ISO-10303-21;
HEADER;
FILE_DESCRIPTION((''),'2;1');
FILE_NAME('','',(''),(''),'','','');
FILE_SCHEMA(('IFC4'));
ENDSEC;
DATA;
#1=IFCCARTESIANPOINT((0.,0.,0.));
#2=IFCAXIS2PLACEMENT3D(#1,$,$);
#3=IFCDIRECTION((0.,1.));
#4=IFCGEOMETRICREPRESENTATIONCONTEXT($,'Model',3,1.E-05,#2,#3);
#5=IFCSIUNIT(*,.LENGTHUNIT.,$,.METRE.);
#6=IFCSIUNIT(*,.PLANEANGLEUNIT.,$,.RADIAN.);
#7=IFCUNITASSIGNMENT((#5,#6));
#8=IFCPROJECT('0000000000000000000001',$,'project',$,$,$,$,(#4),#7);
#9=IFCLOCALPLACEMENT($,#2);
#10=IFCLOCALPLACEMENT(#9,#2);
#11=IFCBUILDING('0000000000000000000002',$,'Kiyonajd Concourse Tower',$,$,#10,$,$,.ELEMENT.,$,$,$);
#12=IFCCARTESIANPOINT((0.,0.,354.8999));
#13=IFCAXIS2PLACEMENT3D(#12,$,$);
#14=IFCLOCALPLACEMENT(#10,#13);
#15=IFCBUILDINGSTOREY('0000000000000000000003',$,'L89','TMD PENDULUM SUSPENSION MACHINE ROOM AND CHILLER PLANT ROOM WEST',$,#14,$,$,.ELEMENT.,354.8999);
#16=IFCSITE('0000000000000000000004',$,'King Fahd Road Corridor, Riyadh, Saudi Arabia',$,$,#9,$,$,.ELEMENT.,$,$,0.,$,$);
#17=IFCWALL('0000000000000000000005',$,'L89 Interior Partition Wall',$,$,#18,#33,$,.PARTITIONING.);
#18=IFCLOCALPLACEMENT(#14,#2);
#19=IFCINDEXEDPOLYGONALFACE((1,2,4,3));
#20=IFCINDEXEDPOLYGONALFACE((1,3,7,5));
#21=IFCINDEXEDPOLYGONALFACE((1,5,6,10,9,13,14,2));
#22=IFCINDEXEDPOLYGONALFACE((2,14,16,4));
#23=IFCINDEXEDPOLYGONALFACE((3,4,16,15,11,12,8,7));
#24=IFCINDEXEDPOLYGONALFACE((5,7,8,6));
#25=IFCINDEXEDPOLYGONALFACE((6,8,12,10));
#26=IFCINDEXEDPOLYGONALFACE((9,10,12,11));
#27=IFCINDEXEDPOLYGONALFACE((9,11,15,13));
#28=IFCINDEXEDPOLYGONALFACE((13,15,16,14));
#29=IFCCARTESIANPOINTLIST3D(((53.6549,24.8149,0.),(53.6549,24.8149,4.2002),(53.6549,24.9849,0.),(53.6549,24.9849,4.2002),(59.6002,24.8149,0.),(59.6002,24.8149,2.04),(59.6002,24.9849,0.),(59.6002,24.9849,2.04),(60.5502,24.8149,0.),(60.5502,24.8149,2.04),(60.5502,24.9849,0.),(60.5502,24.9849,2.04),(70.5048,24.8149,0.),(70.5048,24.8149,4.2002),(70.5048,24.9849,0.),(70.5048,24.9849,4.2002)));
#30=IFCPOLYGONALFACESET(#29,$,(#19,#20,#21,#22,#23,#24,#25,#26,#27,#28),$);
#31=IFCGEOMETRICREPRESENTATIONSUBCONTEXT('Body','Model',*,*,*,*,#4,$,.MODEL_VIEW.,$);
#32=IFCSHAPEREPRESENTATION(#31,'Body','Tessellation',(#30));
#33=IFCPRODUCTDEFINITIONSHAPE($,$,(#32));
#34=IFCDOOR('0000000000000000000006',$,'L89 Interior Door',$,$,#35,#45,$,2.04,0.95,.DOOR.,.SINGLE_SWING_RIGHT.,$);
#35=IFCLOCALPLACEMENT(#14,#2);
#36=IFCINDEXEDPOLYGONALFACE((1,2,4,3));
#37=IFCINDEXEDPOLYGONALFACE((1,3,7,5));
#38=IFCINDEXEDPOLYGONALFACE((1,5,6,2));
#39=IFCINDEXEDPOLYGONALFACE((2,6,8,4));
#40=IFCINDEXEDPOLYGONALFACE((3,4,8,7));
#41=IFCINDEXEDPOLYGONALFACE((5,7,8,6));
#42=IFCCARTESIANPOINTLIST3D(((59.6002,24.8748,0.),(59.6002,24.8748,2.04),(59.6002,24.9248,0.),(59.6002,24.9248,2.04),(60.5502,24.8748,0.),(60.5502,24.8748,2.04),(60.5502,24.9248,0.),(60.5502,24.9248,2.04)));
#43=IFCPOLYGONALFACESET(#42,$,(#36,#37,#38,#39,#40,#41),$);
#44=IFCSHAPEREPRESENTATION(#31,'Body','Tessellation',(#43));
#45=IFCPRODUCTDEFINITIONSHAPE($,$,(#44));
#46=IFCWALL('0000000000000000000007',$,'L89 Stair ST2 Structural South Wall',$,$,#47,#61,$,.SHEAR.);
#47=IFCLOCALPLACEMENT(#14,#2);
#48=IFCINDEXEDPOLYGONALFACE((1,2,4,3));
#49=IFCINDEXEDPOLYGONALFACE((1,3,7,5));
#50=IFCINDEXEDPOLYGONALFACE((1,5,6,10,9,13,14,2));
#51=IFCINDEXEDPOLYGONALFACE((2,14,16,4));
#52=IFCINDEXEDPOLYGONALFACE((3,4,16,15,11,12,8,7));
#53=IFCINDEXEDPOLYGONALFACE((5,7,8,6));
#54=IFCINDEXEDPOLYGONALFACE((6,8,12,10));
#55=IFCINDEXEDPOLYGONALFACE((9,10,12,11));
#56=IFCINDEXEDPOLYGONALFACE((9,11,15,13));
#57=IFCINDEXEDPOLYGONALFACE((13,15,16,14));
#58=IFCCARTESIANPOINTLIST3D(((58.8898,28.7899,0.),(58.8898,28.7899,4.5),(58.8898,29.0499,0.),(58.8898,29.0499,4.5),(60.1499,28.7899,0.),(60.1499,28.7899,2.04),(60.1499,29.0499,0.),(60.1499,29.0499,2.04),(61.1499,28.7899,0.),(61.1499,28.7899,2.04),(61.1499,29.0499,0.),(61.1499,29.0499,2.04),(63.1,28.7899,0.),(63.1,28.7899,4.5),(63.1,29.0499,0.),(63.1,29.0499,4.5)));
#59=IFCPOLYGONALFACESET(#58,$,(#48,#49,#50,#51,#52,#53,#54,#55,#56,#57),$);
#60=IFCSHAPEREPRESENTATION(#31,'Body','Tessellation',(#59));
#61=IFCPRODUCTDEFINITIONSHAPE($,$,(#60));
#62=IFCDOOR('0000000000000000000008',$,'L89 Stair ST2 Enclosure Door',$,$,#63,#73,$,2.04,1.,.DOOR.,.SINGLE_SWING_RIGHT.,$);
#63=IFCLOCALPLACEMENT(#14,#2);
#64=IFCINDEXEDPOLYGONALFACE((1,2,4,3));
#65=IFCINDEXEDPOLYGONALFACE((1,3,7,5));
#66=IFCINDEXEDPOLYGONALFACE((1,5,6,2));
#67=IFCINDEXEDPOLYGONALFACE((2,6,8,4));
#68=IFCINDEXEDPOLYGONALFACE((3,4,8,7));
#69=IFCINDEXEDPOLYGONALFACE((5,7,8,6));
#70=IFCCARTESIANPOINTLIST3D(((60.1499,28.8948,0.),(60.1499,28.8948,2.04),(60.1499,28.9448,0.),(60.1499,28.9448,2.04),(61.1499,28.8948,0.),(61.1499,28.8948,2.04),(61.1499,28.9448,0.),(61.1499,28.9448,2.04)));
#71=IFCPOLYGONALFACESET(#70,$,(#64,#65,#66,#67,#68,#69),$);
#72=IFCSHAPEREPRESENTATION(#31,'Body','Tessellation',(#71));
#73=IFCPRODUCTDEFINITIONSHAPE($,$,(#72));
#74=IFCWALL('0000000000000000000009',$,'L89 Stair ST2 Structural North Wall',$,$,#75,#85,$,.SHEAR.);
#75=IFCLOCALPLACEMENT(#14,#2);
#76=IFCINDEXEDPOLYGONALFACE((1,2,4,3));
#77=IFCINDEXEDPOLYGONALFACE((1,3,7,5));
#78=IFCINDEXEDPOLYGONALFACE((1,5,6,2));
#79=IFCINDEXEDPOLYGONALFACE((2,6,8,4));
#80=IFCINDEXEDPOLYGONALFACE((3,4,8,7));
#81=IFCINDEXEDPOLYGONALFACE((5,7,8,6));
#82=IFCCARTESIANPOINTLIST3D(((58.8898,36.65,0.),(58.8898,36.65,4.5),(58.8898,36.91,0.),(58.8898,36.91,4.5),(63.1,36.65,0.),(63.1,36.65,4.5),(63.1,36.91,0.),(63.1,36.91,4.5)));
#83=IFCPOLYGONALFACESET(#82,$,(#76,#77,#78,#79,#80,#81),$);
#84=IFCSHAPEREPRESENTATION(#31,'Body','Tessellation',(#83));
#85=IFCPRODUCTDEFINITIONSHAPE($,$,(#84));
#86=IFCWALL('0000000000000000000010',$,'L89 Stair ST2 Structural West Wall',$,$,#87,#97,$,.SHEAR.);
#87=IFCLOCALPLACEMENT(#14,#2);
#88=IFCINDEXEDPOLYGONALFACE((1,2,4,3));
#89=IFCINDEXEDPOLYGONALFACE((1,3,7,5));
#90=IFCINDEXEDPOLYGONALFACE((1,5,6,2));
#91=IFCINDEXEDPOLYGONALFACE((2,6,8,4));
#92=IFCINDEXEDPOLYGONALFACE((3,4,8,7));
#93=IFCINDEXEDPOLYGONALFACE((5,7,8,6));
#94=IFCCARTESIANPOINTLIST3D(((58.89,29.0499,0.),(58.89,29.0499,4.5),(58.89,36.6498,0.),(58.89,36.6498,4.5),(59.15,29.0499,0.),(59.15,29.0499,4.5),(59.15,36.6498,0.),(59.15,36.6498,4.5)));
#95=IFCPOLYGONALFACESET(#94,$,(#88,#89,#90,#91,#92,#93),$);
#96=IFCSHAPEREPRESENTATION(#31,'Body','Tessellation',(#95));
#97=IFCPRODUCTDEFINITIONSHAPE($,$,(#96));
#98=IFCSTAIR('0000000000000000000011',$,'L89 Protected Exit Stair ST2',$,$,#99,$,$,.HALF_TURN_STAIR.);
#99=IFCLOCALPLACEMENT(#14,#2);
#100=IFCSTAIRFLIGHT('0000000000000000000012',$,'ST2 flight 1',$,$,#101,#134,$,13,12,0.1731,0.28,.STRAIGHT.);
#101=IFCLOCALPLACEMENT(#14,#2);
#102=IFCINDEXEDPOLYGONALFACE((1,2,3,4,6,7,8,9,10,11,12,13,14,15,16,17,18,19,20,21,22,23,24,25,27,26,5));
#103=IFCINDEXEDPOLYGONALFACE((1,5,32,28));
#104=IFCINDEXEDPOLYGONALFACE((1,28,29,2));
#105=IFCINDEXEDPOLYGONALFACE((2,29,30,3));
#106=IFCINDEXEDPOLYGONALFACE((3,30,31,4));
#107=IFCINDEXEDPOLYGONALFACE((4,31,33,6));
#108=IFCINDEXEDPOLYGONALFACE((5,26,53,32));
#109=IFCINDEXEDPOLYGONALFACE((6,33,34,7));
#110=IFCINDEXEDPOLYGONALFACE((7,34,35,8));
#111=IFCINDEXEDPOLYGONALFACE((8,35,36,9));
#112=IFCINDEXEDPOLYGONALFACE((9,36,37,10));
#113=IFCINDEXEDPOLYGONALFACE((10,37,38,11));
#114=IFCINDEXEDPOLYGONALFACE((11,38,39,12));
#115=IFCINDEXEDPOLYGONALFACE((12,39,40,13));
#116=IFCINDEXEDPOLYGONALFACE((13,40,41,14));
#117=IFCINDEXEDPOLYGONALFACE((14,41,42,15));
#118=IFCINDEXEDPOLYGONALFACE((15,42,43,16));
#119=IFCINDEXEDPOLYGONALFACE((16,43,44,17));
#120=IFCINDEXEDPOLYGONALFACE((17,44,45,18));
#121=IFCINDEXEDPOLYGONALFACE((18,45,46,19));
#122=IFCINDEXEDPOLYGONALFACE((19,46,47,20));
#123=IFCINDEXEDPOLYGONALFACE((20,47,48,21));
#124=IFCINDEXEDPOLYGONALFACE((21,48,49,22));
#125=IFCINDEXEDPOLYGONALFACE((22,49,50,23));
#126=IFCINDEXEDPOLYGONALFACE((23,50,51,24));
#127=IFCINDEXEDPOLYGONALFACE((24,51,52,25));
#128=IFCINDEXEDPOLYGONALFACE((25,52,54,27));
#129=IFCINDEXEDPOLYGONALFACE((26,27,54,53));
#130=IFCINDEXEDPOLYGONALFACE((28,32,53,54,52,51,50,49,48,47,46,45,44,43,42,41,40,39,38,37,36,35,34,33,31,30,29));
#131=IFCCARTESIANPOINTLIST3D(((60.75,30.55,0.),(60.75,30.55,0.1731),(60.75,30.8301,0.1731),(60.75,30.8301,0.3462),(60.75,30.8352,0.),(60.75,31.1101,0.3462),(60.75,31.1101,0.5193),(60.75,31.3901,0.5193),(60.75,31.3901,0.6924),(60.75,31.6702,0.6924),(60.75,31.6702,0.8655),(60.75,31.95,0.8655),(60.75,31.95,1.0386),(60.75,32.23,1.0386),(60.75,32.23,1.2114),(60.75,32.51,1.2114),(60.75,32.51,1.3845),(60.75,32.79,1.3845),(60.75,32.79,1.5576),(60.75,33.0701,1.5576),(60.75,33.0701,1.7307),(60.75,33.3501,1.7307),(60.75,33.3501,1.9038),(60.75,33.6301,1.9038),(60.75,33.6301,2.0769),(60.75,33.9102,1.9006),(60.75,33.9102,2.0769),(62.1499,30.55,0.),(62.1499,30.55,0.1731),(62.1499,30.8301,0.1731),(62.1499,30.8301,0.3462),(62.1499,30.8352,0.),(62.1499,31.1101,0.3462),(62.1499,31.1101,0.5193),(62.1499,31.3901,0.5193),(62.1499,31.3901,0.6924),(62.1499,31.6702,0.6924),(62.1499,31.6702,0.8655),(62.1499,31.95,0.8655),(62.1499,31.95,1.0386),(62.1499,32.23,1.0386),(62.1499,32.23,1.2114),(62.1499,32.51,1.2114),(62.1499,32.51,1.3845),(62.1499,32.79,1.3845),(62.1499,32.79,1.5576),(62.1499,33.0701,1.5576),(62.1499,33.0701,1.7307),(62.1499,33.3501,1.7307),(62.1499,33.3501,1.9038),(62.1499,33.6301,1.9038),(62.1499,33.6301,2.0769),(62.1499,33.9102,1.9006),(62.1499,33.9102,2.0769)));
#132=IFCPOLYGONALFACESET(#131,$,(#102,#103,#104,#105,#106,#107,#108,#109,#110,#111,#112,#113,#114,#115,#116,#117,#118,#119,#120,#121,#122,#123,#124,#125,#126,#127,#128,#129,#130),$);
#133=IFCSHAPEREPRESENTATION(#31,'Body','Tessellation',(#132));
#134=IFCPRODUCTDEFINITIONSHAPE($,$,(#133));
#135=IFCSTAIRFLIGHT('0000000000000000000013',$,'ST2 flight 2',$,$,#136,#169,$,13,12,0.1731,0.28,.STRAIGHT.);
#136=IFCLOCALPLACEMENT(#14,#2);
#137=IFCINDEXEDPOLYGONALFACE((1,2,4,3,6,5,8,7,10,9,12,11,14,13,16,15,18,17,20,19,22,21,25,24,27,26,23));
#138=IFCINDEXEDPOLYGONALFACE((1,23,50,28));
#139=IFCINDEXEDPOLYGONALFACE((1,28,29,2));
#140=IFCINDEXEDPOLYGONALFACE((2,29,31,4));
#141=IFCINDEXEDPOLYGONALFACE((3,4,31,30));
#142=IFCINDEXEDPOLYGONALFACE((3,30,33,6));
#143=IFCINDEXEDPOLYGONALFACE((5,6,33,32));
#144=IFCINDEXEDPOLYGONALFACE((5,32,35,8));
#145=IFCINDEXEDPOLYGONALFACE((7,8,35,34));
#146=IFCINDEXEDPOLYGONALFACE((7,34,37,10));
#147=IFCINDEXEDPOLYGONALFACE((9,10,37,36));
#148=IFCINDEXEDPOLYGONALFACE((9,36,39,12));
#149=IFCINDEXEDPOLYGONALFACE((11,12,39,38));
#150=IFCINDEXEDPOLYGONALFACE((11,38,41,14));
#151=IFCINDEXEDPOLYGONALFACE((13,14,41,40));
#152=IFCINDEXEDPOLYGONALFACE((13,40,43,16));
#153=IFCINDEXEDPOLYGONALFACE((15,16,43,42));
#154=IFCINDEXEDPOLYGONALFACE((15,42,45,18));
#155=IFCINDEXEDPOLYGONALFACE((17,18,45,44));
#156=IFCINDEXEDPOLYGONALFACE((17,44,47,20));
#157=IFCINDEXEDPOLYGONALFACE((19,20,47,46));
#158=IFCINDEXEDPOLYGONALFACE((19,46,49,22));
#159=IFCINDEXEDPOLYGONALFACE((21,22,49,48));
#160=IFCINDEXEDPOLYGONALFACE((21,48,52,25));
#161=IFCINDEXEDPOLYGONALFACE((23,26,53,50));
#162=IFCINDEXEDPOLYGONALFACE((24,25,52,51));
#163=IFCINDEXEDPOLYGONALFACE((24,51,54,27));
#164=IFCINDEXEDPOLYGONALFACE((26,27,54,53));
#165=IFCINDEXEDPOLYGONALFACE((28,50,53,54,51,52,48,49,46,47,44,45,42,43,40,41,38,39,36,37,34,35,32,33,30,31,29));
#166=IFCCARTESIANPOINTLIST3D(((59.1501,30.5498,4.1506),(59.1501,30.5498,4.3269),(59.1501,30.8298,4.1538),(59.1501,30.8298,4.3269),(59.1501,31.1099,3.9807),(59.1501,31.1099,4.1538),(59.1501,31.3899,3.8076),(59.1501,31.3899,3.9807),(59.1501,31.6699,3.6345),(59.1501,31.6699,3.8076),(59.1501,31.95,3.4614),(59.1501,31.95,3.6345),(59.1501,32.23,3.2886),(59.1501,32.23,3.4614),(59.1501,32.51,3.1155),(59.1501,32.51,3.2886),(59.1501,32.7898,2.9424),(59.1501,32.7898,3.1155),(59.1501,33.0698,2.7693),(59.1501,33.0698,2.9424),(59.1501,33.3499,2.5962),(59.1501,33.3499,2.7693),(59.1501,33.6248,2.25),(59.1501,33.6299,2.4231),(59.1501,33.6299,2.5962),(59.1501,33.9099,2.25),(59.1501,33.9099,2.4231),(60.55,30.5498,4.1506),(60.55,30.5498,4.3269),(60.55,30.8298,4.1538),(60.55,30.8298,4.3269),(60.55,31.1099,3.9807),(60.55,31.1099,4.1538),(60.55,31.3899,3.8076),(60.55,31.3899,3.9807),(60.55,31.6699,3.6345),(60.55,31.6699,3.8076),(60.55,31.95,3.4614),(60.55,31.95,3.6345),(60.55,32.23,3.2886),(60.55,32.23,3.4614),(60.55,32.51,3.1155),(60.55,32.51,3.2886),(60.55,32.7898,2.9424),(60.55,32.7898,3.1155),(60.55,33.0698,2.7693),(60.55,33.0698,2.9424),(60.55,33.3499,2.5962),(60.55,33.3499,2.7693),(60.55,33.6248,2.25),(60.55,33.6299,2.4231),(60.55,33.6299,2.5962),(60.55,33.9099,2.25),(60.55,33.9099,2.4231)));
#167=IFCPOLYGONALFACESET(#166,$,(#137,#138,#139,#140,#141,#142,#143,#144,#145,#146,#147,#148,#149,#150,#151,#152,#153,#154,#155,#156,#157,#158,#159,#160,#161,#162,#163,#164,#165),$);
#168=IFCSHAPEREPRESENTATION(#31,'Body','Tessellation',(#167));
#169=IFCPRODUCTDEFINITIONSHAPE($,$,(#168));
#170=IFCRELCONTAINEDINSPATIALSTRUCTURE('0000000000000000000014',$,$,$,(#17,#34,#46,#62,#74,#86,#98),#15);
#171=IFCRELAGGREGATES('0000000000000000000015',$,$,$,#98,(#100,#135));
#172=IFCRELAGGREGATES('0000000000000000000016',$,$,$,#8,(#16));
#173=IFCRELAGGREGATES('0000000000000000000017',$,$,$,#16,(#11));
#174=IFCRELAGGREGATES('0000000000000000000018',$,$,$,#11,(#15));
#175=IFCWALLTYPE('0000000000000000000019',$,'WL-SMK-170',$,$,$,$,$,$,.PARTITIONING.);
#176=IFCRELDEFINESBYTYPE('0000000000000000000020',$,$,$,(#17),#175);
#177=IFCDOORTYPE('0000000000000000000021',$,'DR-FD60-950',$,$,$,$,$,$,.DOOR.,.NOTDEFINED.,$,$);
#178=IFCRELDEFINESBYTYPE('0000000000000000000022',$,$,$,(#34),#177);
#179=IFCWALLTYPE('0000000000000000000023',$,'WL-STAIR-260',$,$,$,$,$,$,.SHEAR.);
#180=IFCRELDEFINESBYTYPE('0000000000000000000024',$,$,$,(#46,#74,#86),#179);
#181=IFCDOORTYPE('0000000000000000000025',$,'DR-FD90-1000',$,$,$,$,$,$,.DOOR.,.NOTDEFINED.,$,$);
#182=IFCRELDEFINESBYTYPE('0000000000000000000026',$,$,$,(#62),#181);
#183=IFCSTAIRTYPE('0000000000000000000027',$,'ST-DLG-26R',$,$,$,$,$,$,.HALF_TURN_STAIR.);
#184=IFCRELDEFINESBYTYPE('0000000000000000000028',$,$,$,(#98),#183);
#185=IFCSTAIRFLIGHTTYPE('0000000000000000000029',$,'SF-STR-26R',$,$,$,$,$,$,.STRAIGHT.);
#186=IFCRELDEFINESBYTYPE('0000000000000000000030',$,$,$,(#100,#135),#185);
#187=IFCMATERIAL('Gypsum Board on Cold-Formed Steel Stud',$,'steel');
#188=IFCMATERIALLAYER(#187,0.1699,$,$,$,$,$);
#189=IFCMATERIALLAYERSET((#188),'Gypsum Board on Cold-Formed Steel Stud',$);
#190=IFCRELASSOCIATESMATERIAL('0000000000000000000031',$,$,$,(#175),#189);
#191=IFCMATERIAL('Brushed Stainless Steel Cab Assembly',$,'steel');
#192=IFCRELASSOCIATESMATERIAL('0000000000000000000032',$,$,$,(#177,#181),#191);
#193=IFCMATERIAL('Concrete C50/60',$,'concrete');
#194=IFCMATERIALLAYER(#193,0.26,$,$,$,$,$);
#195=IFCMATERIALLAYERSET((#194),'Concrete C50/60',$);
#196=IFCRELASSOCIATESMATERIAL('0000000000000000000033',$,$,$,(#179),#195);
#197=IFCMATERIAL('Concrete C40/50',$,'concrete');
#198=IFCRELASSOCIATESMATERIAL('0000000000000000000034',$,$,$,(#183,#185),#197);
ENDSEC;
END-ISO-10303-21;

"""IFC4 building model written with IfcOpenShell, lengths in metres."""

from ifc_helpers import new_model, si_unit, direction, frame, frame_2d, origin, place, context, subcontext, project, spatial, polyline, rectangle, outline, extrude, material, layer, layer_set, type_object, element, fill, aggregate, save


model = new_model("IFC4")

# Units and contexts
model_context = context("Model", 3, precision=1e-05, world=origin(), true_north=direction((0.0, 1.0)))
body_context = subcontext(model_context, "Body", "Model", "MODEL_VIEW")
ifc_project = project(units=[si_unit("LENGTHUNIT", "METRE"), si_unit("PLANEANGLEUNIT", "RADIAN")], contexts=[model_context])

# Site, building, storey
site_placement = place(None, origin())
site = spatial("IfcSite", under=ifc_project, at=site_placement, Name="King Fahd Road Corridor, Riyadh, Saudi Arabia", CompositionType="ELEMENT", RefElevation=0.0)
building_placement = place(site_placement, origin())
building = spatial("IfcBuilding", under=site, at=building_placement, Name="Kiyonajd Concourse Tower", CompositionType="ELEMENT")
storey_placement = place(building_placement, frame((0.0, 0.0, 354.8999)))
storey = spatial("IfcBuildingStorey", under=building, at=storey_placement, Name="L89", Description="TMD PENDULUM SUSPENSION MACHINE ROOM AND CHILLER PLANT ROOM WEST", CompositionType="ELEMENT", Elevation=354.8999)

# Shared definitions
ifc_material_1 = material(Name="Concrete C50/60", Category="concrete")

# Shared definitions
ifc_material_2 = material(Name="Gypsum Board on Cold-Formed Steel Stud", Category="steel")
ifc_material_3 = material(Name="Brushed Stainless Steel Cab Assembly", Category="steel")

# Walls, openings, doors
ifc_layer_1 = layer(ifc_material_2, 0.1699)
ifc_layer_set_1 = layer_set([ifc_layer_1], Name="Gypsum Board on Cold-Formed Steel Stud")
wall_type_1 = type_object("IfcWallType", Name="WL-SMK-170", PredefinedType="PARTITIONING", material=ifc_layer_set_1)
wall_1_placement = place(storey_placement, frame((53.655, 24.8999, 0.0), z_axis=(0.0, 0.0, 1.0), x_axis=(1.0, 0.0, 0.0)))
wall_1 = element("IfcWall", 1, at=wall_1_placement, inside=storey, type_object=wall_type_1, Name="L89 Interior Partition Wall", PredefinedType="PARTITIONING", context=body_context, shape_type="SweptSolid", body=[
    extrude(rectangle(XDim=16.8499, YDim=0.1699, at=frame_2d((8.4248, 0.0))), origin(), (0.0, 0.0, 1.0), 4.2002),
])
opening_1_placement = place(wall_1_placement, frame((5.9451, 0.0, 0.0)))
opening_1 = element("IfcOpeningElement", 2, at=opening_1_placement, cuts=wall_1, PredefinedType="OPENING", context=body_context, shape_type="SweptSolid", body=[
    extrude(rectangle(XDim=0.95, YDim=2.04, at=frame_2d((0.4751, 1.02))), frame((0.0, 0.095, 0.0), z_axis=(0.0, -1.0, 0.0), x_axis=(1.0, 0.0, 0.0)), (0.0, 0.0, 1.0), 0.1899),
])
door_type_1 = type_object("IfcDoorType", Name="DR-FD60-950", OperationType="NOTDEFINED", PredefinedType="DOOR", material=ifc_material_3)
door_1_placement = place(opening_1_placement, origin())
door_1 = element("IfcDoor", 3, at=door_1_placement, inside=storey, type_object=door_type_1, Name="L89 Interior Door", OperationType="SINGLE_SWING_RIGHT", OverallHeight=2.04, OverallWidth=0.95, PredefinedType="DOOR", context=body_context, shape_type="SweptSolid", body=[
    extrude(rectangle(XDim=0.95, YDim=2.04, at=frame_2d((0.4751, 1.02))), frame((0.0, 0.0249, 0.0), z_axis=(0.0, -1.0, 0.0), x_axis=(1.0, 0.0, 0.0)), (0.0, 0.0, 1.0), 0.05),
])
fill(opening_1, door_1)
ifc_layer_2 = layer(ifc_material_1, 0.26)
ifc_layer_set_2 = layer_set([ifc_layer_2], Name="Concrete C50/60")
wall_type_2 = type_object("IfcWallType", Name="WL-STAIR-260", PredefinedType="SHEAR", material=ifc_layer_set_2)
wall_2_placement = place(storey_placement, frame((58.8899, 28.9199, 0.0), z_axis=(0.0, 0.0, 1.0), x_axis=(1.0, 0.0, 0.0)))
wall_2 = element("IfcWall", 4, at=wall_2_placement, inside=storey, type_object=wall_type_2, Name="L89 Stair ST2 Structural South Wall", PredefinedType="SHEAR", context=body_context, shape_type="SweptSolid", body=[
    extrude(rectangle(XDim=4.2102, YDim=0.26, at=frame_2d((2.105, 0.0))), origin(), (0.0, 0.0, 1.0), 4.5),
])
opening_2_placement = place(wall_2_placement, frame((1.26, 0.0, 0.0)))
opening_2 = element("IfcOpeningElement", 5, at=opening_2_placement, cuts=wall_2, PredefinedType="OPENING", context=body_context, shape_type="SweptSolid", body=[
    extrude(rectangle(XDim=1.0, YDim=2.04, at=frame_2d((0.5, 1.02))), frame((0.0, 0.1399, 0.0), z_axis=(0.0, -1.0, 0.0), x_axis=(1.0, 0.0, 0.0)), (0.0, 0.0, 1.0), 0.28),
])
door_type_2 = type_object("IfcDoorType", Name="DR-FD90-1000", OperationType="NOTDEFINED", PredefinedType="DOOR", material=ifc_material_3)
door_2_placement = place(opening_2_placement, origin())
door_2 = element("IfcDoor", 6, at=door_2_placement, inside=storey, type_object=door_type_2, Name="L89 Stair ST2 Enclosure Door", OperationType="SINGLE_SWING_RIGHT", OverallHeight=2.04, OverallWidth=1.0, PredefinedType="DOOR", context=body_context, shape_type="SweptSolid", body=[
    extrude(rectangle(XDim=1.0, YDim=2.04, at=frame_2d((0.5, 1.02))), frame((0.0, 0.0249, 0.0), z_axis=(0.0, -1.0, 0.0), x_axis=(1.0, 0.0, 0.0)), (0.0, 0.0, 1.0), 0.05),
])
fill(opening_2, door_2)

# Walls
wall_3_placement = place(storey_placement, frame((58.8899, 36.78, 0.0), z_axis=(0.0, 0.0, 1.0), x_axis=(1.0, 0.0, 0.0)))
element("IfcWall", 7, at=wall_3_placement, inside=storey, type_object=wall_type_2, Name="L89 Stair ST2 Structural North Wall", PredefinedType="SHEAR", context=body_context, shape_type="SweptSolid", body=[
    extrude(rectangle(XDim=4.2102, YDim=0.26, at=frame_2d((2.105, 0.0))), origin(), (0.0, 0.0, 1.0), 4.5),
])
wall_4_placement = place(storey_placement, frame((59.02, 29.05, 0.0), z_axis=(0.0, 0.0, 1.0), x_axis=(0.0, 1.0, 0.0)))
element("IfcWall", 8, at=wall_4_placement, inside=storey, type_object=wall_type_2, Name="L89 Stair ST2 Structural West Wall", PredefinedType="SHEAR", context=body_context, shape_type="SweptSolid", body=[
    extrude(rectangle(XDim=7.5999, YDim=0.26, at=frame_2d((3.7998, 0.0))), origin(), (0.0, 0.0, 1.0), 4.5),
])

# Stair, stair flights
ifc_material_4 = material(Name="Concrete C40/50", Category="concrete")
stair_type = type_object("IfcStairType", Name="ST-DLG-26R", PredefinedType="HALF_TURN_STAIR", material=ifc_material_4)
stair_placement = place(storey_placement, origin())
stair = element("IfcStair", 9, at=stair_placement, inside=storey, type_object=stair_type, Name="L89 Protected Exit Stair ST2", PredefinedType="HALF_TURN_STAIR")
stair_flight_type = type_object("IfcStairFlightType", Name="SF-STR-26R", PredefinedType="STRAIGHT", material=ifc_material_4)
stair_flight_1_placement = place(storey_placement, frame((61.45, 30.55, 0.0), z_axis=(0.0, 0.0, 1.0), x_axis=(0.0, 1.0, 0.0)))
stair_flight_1 = element("IfcStairFlight", 10, at=stair_flight_1_placement, type_object=stair_flight_type, Name="ST2 flight 1", NumberOfRisers=13, NumberOfTreads=12, PredefinedType="STRAIGHT", RiserHeight=0.1731, TreadLength=0.28, context=body_context, shape_type="SweptSolid", body=[
    extrude(outline(polyline([(0.0, 0.0), (0.0, 0.1731), (0.28, 0.1731), (0.28, 0.3462), (0.5601, 0.3462), (0.5601, 0.5193), (0.8401, 0.5193), (0.8401, 0.6924), (1.1201, 0.6924), (1.1201, 0.8655), (1.3999, 0.8655), (1.3999, 1.0386), (1.6799, 1.0386), (1.6799, 1.2114), (1.96, 1.2114), (1.96, 1.3845), (2.24, 1.3845), (2.24, 1.5576), (2.52, 1.5576), (2.52, 1.7307), (2.8, 1.7307), (2.8, 1.9038), (3.0801, 1.9038), (3.0801, 2.0769), (3.3601, 2.0769), (3.3601, 2.25), (3.3601, 1.9006), (0.2852, 0.0), (0.0, 0.0)])), frame((0.0, 0.7, 0.0), z_axis=(0.0, -1.0, 0.0), x_axis=(1.0, 0.0, 0.0)), (0.0, 0.0, 1.0), 1.3999),
])
stair_flight_2_placement = place(storey_placement, frame((59.8501, 33.9099, 2.25), z_axis=(0.0, 0.0, 1.0), x_axis=(0.0, -1.0, 0.0)))
stair_flight_2 = element("IfcStairFlight", 11, at=stair_flight_2_placement, type_object=stair_flight_type, Name="ST2 flight 2", NumberOfRisers=13, NumberOfTreads=12, PredefinedType="STRAIGHT", RiserHeight=0.1731, TreadLength=0.28, context=body_context, shape_type="SweptSolid", body=[
    extrude(outline(polyline([(0.0, 0.0), (0.0, 0.1731), (0.28, 0.1731), (0.28, 0.3462), (0.5601, 0.3462), (0.5601, 0.5193), (0.8401, 0.5193), (0.8401, 0.6924), (1.1201, 0.6924), (1.1201, 0.8655), (1.3999, 0.8655), (1.3999, 1.0386), (1.6799, 1.0386), (1.6799, 1.2114), (1.96, 1.2114), (1.96, 1.3845), (2.24, 1.3845), (2.24, 1.5576), (2.52, 1.5576), (2.52, 1.7307), (2.8, 1.7307), (2.8, 1.9038), (3.0801, 1.9038), (3.0801, 2.0769), (3.3601, 2.0769), (3.3601, 2.25), (3.3601, 1.9006), (0.2852, 0.0), (0.0, 0.0)])), frame((0.0, 0.7, 0.0), z_axis=(0.0, -1.0, 0.0), x_axis=(1.0, 0.0, 0.0)), (0.0, 0.0, 1.0), 1.3999),
])
aggregate(stair, [stair_flight_1, stair_flight_2])

save(model, "model.ifc")
